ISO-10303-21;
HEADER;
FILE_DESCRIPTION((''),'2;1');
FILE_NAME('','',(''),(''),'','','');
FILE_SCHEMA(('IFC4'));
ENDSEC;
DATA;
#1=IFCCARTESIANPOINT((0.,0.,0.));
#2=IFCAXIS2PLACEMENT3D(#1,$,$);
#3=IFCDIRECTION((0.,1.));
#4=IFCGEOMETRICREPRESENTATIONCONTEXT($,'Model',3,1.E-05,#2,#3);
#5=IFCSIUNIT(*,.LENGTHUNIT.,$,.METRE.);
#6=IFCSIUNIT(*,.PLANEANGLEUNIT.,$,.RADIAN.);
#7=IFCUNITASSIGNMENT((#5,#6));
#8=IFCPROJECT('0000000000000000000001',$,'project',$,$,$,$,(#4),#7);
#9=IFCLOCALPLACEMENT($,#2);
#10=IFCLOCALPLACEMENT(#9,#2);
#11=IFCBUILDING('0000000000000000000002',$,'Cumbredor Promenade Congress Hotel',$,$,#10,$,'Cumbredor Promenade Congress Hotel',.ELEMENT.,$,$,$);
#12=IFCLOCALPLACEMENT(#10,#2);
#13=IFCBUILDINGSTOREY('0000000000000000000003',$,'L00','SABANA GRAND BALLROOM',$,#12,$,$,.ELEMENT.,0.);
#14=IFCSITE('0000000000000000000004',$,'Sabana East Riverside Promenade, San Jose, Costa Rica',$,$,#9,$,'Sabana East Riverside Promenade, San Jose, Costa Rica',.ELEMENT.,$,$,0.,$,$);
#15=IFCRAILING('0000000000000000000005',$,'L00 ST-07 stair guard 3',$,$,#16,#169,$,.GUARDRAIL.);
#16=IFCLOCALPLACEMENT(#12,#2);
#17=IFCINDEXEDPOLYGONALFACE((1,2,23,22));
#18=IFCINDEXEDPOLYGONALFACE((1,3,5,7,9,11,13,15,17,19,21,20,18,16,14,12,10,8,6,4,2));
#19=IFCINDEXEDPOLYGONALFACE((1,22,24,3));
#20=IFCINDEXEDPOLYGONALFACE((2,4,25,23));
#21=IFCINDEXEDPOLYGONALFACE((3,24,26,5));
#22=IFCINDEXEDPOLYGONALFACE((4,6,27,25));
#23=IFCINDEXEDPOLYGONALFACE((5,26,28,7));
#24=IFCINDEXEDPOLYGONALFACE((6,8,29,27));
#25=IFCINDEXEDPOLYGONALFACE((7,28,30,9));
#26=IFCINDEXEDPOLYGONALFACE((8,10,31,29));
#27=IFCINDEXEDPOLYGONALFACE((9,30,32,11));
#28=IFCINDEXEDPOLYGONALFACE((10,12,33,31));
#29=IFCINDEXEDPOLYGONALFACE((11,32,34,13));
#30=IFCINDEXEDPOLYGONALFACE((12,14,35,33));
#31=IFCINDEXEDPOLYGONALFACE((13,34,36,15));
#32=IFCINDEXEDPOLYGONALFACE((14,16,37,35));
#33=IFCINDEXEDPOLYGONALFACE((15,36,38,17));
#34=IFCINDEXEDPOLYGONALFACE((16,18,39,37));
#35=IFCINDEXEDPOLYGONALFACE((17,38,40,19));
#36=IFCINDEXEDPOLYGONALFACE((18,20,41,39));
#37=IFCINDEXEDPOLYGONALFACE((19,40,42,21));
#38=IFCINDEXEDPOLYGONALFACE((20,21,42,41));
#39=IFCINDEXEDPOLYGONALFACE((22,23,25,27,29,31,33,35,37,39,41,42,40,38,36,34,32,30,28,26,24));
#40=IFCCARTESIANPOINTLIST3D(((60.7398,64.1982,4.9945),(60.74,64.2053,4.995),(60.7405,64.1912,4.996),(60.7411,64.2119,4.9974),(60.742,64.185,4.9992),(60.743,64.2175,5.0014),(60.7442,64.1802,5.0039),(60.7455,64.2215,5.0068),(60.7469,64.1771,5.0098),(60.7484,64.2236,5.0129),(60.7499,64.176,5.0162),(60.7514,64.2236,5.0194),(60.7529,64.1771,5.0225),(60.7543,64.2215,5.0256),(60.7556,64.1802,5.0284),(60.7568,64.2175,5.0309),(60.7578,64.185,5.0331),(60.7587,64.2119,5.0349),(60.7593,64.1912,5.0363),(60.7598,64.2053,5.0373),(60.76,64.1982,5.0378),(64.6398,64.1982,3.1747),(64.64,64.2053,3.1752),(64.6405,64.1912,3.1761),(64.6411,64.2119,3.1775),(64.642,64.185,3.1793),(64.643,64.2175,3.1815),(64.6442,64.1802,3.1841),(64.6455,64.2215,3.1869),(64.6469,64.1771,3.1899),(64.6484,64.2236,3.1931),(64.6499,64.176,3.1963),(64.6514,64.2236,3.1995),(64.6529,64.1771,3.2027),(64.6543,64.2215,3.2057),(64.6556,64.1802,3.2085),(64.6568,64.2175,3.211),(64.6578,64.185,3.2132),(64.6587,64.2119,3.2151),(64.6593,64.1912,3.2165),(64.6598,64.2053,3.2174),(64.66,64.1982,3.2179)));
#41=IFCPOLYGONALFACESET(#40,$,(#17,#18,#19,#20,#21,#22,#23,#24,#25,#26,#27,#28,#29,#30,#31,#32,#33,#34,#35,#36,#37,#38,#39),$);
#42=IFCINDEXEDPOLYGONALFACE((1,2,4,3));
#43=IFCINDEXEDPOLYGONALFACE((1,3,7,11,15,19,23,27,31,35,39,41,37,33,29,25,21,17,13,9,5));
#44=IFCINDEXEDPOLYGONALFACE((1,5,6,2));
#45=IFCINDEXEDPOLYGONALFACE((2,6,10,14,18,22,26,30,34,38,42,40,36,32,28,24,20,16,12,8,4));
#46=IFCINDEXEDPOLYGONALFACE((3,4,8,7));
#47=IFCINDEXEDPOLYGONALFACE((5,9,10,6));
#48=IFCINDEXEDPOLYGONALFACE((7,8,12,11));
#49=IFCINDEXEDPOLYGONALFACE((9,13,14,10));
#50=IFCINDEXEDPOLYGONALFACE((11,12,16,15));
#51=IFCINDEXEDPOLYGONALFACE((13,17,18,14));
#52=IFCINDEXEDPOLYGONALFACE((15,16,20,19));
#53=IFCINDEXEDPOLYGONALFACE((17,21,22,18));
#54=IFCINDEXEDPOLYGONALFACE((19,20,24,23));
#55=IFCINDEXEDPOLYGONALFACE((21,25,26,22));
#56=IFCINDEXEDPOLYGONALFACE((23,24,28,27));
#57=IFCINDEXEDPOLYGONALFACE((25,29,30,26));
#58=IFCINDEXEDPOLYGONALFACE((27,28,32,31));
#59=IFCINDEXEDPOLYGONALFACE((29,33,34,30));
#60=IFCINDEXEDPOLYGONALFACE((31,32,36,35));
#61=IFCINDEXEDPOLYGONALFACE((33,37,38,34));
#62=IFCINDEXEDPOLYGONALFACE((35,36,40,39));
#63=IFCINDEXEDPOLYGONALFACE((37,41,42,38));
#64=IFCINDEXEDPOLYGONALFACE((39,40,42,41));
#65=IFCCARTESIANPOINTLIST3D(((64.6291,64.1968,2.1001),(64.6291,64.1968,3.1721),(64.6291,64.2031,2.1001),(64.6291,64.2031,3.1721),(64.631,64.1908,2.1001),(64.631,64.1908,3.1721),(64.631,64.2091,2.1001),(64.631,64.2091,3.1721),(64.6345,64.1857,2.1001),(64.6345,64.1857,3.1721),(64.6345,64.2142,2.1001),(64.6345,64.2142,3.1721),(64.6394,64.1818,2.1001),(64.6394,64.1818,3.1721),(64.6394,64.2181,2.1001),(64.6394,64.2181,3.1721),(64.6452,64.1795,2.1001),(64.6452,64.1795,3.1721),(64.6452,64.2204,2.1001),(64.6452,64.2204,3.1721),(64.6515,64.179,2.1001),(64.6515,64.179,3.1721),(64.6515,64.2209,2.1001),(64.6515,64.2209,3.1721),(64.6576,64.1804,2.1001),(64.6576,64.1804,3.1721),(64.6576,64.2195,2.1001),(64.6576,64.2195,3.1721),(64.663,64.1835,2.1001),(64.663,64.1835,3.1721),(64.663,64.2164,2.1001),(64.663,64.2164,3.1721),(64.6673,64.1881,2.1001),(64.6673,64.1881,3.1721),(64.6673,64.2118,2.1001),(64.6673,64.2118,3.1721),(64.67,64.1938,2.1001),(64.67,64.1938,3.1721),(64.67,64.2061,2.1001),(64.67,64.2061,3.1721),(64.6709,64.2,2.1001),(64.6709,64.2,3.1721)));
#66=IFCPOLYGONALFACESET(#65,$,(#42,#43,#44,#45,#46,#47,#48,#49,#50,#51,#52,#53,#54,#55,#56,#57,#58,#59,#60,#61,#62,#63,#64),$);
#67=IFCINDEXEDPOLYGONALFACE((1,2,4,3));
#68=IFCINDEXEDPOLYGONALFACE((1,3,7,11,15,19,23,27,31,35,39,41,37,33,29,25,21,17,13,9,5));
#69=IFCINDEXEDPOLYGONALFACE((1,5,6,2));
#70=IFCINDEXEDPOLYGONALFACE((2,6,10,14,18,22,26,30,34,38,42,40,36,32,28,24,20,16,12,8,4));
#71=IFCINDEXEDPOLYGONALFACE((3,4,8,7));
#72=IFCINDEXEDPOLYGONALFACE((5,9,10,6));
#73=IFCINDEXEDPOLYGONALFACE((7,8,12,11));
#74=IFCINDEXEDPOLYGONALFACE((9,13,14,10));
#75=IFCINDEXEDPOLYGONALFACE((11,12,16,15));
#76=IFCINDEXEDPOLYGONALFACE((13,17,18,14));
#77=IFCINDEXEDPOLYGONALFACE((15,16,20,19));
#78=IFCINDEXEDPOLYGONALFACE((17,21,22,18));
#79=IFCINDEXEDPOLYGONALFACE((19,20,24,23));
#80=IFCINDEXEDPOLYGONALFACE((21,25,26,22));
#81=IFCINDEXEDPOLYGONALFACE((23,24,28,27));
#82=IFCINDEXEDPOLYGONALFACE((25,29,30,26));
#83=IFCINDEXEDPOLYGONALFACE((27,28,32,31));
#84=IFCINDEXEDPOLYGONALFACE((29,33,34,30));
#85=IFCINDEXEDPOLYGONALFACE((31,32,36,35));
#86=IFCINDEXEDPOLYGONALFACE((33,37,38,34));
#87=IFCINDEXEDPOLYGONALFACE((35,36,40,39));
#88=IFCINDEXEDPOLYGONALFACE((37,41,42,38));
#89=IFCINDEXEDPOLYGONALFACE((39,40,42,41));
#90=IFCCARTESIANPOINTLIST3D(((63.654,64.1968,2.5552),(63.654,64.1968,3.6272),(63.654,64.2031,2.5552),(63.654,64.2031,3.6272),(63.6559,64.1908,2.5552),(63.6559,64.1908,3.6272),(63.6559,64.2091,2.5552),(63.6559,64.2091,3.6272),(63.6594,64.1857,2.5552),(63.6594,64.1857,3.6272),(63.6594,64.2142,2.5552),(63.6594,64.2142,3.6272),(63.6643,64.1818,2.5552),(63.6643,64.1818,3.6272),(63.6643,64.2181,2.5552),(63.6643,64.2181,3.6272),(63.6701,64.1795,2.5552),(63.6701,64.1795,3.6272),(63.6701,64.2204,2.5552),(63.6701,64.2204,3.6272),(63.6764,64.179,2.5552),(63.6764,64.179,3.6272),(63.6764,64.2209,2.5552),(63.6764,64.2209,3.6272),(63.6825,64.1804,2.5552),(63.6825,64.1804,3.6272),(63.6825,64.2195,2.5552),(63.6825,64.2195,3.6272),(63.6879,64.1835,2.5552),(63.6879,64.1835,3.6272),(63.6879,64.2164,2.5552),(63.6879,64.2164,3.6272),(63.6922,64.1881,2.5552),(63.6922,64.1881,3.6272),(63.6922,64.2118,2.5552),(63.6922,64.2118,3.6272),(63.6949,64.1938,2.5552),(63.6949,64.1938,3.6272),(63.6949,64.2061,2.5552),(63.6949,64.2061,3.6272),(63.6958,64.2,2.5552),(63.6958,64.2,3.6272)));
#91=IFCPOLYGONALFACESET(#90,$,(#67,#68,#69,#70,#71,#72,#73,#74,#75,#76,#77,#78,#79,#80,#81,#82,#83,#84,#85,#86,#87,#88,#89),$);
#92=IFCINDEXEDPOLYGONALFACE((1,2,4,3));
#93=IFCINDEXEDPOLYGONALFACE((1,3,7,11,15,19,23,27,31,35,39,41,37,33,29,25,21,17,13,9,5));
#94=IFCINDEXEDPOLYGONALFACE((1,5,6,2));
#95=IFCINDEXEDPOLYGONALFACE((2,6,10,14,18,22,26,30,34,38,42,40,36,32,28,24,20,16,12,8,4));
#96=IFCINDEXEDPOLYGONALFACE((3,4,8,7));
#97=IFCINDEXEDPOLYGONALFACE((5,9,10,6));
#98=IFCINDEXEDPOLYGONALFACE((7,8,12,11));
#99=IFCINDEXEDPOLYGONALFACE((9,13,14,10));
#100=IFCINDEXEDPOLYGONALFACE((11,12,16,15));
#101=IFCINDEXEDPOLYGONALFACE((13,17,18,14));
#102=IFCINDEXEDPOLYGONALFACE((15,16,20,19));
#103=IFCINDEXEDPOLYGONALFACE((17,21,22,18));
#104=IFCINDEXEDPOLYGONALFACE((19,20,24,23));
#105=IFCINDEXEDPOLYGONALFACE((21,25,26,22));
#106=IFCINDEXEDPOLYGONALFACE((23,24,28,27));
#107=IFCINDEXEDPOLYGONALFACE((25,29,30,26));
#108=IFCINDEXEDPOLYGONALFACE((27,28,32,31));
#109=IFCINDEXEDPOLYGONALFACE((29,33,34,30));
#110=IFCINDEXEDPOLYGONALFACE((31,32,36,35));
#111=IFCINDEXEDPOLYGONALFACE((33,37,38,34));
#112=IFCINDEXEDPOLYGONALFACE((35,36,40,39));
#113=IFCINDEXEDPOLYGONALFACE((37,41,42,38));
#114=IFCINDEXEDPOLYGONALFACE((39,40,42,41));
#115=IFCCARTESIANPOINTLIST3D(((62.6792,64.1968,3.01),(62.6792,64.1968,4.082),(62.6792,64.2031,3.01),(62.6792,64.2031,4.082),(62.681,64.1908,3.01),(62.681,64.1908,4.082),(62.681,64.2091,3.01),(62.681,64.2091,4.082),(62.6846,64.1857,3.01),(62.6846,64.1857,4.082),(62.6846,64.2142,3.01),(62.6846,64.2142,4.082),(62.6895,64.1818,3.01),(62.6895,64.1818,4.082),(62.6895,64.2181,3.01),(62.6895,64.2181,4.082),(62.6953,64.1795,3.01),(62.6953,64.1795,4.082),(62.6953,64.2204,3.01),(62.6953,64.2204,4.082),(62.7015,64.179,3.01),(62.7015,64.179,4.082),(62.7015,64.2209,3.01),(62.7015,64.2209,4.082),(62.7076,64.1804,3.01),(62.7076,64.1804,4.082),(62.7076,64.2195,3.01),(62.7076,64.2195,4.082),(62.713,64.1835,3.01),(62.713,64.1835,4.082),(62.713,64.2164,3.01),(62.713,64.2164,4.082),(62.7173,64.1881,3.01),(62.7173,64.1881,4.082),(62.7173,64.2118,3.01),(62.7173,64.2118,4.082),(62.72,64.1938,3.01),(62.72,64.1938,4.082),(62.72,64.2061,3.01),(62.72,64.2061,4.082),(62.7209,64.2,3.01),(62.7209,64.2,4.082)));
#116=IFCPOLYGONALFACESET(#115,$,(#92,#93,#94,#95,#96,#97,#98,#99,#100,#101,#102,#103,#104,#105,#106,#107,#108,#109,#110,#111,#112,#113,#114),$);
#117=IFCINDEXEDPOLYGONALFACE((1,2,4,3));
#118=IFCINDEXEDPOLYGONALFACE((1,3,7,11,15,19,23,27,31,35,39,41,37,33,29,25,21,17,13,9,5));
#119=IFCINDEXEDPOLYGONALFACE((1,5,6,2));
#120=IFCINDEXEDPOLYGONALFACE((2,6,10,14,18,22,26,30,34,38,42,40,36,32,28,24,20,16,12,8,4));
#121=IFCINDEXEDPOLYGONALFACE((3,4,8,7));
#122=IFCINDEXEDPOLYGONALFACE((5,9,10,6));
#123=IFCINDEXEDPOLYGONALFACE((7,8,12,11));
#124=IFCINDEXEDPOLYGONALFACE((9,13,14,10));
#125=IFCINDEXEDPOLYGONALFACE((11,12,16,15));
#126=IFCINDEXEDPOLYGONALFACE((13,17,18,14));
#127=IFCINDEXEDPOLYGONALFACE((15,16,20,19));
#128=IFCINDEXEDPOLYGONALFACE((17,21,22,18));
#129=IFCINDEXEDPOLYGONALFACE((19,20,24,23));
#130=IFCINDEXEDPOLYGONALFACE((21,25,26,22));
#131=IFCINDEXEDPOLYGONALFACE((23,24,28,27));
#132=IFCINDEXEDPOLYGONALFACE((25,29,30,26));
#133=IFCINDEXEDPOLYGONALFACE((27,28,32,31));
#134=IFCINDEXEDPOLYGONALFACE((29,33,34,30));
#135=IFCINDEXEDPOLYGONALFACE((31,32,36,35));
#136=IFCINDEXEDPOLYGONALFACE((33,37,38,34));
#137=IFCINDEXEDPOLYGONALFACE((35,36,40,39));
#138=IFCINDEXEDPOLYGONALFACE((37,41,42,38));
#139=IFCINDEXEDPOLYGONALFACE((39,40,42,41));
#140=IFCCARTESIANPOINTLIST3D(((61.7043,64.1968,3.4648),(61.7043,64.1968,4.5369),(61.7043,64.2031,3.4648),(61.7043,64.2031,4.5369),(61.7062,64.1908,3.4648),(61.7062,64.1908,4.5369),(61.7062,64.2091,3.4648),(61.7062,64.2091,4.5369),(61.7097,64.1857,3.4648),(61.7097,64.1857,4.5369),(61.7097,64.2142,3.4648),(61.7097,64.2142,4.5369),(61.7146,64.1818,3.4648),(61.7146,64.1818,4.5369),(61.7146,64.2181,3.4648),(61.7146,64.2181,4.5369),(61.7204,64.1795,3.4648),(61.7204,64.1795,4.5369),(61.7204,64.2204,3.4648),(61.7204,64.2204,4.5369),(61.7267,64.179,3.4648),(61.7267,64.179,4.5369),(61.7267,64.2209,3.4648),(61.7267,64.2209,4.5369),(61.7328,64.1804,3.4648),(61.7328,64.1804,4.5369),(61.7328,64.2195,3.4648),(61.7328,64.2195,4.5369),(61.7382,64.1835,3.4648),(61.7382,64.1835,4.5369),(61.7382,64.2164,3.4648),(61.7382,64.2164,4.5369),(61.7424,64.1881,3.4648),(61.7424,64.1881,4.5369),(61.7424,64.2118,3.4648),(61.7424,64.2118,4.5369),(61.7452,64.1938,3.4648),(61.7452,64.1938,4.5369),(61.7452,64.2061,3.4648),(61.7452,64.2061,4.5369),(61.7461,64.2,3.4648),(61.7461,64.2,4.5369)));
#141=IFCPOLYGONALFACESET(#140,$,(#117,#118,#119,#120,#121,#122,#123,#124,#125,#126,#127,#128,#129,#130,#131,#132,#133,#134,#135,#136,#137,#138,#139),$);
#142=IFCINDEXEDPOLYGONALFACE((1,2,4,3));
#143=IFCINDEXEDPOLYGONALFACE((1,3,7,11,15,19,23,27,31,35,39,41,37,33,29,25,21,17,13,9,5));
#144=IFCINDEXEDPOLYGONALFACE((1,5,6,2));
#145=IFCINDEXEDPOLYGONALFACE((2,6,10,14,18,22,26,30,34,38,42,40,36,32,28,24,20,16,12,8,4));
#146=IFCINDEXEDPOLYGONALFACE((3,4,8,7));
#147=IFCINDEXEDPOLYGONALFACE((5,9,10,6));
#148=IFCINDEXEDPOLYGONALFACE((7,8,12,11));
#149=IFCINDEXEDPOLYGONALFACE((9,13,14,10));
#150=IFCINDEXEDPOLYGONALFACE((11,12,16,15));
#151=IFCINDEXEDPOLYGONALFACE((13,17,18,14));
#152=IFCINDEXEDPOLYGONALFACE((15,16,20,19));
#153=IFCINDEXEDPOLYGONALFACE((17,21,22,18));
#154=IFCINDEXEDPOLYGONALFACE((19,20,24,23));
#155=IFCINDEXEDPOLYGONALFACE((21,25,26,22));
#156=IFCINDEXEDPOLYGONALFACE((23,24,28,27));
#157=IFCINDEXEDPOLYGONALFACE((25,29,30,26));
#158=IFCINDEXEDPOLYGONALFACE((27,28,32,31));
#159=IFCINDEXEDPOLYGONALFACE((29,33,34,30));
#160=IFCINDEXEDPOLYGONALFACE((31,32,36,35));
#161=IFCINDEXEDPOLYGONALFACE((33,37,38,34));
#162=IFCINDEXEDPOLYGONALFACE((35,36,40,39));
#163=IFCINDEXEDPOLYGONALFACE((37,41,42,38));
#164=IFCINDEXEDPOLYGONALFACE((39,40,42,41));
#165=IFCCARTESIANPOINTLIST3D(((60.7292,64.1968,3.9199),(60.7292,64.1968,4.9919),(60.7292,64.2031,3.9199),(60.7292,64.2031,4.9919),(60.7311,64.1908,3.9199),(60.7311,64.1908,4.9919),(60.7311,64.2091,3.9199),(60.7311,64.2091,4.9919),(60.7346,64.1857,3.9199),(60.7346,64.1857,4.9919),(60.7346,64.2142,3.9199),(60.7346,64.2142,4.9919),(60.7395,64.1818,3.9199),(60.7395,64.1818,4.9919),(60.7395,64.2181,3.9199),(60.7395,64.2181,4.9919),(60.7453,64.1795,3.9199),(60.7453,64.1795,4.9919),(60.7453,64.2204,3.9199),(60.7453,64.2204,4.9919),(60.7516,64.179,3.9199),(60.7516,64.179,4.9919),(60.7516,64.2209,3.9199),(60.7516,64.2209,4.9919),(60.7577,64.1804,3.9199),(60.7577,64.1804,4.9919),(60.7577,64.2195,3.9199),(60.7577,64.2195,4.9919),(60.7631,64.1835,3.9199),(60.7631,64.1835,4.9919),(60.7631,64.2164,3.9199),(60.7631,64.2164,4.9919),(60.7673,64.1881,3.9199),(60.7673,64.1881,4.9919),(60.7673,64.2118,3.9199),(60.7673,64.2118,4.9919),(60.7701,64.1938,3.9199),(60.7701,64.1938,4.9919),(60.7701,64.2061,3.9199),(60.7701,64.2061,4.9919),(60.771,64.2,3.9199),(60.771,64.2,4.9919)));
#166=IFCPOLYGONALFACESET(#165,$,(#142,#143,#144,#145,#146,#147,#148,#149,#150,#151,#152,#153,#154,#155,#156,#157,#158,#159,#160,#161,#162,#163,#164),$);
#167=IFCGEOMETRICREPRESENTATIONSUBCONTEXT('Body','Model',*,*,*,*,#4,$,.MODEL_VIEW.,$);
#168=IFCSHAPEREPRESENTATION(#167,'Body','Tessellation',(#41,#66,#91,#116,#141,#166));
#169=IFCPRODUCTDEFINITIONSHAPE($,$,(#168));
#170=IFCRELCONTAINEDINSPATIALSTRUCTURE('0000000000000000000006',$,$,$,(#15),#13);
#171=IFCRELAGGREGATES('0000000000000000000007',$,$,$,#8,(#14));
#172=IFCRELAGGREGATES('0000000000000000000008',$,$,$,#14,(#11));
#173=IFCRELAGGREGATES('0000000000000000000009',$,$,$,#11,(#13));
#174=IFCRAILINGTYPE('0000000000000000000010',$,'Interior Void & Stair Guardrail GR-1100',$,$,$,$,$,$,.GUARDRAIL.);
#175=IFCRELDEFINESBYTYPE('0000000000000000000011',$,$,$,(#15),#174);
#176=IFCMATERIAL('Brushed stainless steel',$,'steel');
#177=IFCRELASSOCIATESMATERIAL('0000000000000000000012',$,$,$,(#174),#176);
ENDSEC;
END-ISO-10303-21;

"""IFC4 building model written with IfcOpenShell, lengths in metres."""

from ifc_helpers import new_model, si_unit, direction, frame, origin, origin_2d, place, context, subcontext, project, spatial, circle, extrude, material, type_object, element, save


model = new_model("IFC4")

# Units and contexts
model_context = context("Model", 3, precision=1e-05, world=origin(), true_north=direction((0.0, 1.0)))
body_context = subcontext(model_context, "Body", "Model", "MODEL_VIEW")
ifc_project = project(units=[si_unit("LENGTHUNIT", "METRE"), si_unit("PLANEANGLEUNIT", "RADIAN")], contexts=[model_context])

# Site, building, storey
site_placement = place(None, origin())
site = spatial("IfcSite", under=ifc_project, at=site_placement, Name="Sabana East Riverside Promenade, San Jose, Costa Rica", LongName="Sabana East Riverside Promenade, San Jose, Costa Rica", CompositionType="ELEMENT", RefElevation=0.0)
building_placement = place(site_placement, origin())
building = spatial("IfcBuilding", under=site, at=building_placement, Name="Cumbredor Promenade Congress Hotel", LongName="Cumbredor Promenade Congress Hotel", CompositionType="ELEMENT")
storey_placement = place(building_placement, origin())
storey = spatial("IfcBuildingStorey", under=building, at=storey_placement, Name="L00", Description="SABANA GRAND BALLROOM", CompositionType="ELEMENT", Elevation=0.0)

# Railing
ifc_material_1 = material(Name="Brushed stainless steel", Category="steel")
railing_type_1 = type_object("IfcRailingType", Name="Interior Void & Stair Guardrail GR-1100", PredefinedType="GUARDRAIL", material=ifc_material_1)
railing_1_placement = place(storey_placement, frame((64.6499, 64.2, 2.1001)))
element("IfcRailing", 1, at=railing_1_placement, inside=storey, type_object=railing_type_1, Name="L00 ST-07 stair guard 3", PredefinedType="GUARDRAIL", context=body_context, shape_type="SweptSolid", body=[
    extrude(circle(Radius=0.0239, at=origin_2d()), frame((0.0, 0.0, 1.0962), z_axis=(-0.906195, 0.0, 0.422861), x_axis=(0.0, -1.0, 0.0)), (0.0, 0.0, 1.0), 4.3037),
    extrude(circle(Radius=0.021, at=origin_2d()), origin(), (0.0, 0.0, 1.0), 1.072),
    extrude(circle(Radius=0.021, at=origin_2d()), frame((-0.9751, 0.0, 0.4551)), (0.0, 0.0, 1.0), 1.072),
    extrude(circle(Radius=0.021, at=origin_2d()), frame((-1.95, 0.0, 0.9099)), (0.0, 0.0, 1.0), 1.072),
    extrude(circle(Radius=0.021, at=origin_2d()), frame((-2.9248, 0.0, 1.3647)), (0.0, 0.0, 1.0), 1.072),
    extrude(circle(Radius=0.021, at=origin_2d()), frame((-3.8999, 0.0, 1.8198)), (0.0, 0.0, 1.0), 1.072),
])

save(model, "model.ifc")
